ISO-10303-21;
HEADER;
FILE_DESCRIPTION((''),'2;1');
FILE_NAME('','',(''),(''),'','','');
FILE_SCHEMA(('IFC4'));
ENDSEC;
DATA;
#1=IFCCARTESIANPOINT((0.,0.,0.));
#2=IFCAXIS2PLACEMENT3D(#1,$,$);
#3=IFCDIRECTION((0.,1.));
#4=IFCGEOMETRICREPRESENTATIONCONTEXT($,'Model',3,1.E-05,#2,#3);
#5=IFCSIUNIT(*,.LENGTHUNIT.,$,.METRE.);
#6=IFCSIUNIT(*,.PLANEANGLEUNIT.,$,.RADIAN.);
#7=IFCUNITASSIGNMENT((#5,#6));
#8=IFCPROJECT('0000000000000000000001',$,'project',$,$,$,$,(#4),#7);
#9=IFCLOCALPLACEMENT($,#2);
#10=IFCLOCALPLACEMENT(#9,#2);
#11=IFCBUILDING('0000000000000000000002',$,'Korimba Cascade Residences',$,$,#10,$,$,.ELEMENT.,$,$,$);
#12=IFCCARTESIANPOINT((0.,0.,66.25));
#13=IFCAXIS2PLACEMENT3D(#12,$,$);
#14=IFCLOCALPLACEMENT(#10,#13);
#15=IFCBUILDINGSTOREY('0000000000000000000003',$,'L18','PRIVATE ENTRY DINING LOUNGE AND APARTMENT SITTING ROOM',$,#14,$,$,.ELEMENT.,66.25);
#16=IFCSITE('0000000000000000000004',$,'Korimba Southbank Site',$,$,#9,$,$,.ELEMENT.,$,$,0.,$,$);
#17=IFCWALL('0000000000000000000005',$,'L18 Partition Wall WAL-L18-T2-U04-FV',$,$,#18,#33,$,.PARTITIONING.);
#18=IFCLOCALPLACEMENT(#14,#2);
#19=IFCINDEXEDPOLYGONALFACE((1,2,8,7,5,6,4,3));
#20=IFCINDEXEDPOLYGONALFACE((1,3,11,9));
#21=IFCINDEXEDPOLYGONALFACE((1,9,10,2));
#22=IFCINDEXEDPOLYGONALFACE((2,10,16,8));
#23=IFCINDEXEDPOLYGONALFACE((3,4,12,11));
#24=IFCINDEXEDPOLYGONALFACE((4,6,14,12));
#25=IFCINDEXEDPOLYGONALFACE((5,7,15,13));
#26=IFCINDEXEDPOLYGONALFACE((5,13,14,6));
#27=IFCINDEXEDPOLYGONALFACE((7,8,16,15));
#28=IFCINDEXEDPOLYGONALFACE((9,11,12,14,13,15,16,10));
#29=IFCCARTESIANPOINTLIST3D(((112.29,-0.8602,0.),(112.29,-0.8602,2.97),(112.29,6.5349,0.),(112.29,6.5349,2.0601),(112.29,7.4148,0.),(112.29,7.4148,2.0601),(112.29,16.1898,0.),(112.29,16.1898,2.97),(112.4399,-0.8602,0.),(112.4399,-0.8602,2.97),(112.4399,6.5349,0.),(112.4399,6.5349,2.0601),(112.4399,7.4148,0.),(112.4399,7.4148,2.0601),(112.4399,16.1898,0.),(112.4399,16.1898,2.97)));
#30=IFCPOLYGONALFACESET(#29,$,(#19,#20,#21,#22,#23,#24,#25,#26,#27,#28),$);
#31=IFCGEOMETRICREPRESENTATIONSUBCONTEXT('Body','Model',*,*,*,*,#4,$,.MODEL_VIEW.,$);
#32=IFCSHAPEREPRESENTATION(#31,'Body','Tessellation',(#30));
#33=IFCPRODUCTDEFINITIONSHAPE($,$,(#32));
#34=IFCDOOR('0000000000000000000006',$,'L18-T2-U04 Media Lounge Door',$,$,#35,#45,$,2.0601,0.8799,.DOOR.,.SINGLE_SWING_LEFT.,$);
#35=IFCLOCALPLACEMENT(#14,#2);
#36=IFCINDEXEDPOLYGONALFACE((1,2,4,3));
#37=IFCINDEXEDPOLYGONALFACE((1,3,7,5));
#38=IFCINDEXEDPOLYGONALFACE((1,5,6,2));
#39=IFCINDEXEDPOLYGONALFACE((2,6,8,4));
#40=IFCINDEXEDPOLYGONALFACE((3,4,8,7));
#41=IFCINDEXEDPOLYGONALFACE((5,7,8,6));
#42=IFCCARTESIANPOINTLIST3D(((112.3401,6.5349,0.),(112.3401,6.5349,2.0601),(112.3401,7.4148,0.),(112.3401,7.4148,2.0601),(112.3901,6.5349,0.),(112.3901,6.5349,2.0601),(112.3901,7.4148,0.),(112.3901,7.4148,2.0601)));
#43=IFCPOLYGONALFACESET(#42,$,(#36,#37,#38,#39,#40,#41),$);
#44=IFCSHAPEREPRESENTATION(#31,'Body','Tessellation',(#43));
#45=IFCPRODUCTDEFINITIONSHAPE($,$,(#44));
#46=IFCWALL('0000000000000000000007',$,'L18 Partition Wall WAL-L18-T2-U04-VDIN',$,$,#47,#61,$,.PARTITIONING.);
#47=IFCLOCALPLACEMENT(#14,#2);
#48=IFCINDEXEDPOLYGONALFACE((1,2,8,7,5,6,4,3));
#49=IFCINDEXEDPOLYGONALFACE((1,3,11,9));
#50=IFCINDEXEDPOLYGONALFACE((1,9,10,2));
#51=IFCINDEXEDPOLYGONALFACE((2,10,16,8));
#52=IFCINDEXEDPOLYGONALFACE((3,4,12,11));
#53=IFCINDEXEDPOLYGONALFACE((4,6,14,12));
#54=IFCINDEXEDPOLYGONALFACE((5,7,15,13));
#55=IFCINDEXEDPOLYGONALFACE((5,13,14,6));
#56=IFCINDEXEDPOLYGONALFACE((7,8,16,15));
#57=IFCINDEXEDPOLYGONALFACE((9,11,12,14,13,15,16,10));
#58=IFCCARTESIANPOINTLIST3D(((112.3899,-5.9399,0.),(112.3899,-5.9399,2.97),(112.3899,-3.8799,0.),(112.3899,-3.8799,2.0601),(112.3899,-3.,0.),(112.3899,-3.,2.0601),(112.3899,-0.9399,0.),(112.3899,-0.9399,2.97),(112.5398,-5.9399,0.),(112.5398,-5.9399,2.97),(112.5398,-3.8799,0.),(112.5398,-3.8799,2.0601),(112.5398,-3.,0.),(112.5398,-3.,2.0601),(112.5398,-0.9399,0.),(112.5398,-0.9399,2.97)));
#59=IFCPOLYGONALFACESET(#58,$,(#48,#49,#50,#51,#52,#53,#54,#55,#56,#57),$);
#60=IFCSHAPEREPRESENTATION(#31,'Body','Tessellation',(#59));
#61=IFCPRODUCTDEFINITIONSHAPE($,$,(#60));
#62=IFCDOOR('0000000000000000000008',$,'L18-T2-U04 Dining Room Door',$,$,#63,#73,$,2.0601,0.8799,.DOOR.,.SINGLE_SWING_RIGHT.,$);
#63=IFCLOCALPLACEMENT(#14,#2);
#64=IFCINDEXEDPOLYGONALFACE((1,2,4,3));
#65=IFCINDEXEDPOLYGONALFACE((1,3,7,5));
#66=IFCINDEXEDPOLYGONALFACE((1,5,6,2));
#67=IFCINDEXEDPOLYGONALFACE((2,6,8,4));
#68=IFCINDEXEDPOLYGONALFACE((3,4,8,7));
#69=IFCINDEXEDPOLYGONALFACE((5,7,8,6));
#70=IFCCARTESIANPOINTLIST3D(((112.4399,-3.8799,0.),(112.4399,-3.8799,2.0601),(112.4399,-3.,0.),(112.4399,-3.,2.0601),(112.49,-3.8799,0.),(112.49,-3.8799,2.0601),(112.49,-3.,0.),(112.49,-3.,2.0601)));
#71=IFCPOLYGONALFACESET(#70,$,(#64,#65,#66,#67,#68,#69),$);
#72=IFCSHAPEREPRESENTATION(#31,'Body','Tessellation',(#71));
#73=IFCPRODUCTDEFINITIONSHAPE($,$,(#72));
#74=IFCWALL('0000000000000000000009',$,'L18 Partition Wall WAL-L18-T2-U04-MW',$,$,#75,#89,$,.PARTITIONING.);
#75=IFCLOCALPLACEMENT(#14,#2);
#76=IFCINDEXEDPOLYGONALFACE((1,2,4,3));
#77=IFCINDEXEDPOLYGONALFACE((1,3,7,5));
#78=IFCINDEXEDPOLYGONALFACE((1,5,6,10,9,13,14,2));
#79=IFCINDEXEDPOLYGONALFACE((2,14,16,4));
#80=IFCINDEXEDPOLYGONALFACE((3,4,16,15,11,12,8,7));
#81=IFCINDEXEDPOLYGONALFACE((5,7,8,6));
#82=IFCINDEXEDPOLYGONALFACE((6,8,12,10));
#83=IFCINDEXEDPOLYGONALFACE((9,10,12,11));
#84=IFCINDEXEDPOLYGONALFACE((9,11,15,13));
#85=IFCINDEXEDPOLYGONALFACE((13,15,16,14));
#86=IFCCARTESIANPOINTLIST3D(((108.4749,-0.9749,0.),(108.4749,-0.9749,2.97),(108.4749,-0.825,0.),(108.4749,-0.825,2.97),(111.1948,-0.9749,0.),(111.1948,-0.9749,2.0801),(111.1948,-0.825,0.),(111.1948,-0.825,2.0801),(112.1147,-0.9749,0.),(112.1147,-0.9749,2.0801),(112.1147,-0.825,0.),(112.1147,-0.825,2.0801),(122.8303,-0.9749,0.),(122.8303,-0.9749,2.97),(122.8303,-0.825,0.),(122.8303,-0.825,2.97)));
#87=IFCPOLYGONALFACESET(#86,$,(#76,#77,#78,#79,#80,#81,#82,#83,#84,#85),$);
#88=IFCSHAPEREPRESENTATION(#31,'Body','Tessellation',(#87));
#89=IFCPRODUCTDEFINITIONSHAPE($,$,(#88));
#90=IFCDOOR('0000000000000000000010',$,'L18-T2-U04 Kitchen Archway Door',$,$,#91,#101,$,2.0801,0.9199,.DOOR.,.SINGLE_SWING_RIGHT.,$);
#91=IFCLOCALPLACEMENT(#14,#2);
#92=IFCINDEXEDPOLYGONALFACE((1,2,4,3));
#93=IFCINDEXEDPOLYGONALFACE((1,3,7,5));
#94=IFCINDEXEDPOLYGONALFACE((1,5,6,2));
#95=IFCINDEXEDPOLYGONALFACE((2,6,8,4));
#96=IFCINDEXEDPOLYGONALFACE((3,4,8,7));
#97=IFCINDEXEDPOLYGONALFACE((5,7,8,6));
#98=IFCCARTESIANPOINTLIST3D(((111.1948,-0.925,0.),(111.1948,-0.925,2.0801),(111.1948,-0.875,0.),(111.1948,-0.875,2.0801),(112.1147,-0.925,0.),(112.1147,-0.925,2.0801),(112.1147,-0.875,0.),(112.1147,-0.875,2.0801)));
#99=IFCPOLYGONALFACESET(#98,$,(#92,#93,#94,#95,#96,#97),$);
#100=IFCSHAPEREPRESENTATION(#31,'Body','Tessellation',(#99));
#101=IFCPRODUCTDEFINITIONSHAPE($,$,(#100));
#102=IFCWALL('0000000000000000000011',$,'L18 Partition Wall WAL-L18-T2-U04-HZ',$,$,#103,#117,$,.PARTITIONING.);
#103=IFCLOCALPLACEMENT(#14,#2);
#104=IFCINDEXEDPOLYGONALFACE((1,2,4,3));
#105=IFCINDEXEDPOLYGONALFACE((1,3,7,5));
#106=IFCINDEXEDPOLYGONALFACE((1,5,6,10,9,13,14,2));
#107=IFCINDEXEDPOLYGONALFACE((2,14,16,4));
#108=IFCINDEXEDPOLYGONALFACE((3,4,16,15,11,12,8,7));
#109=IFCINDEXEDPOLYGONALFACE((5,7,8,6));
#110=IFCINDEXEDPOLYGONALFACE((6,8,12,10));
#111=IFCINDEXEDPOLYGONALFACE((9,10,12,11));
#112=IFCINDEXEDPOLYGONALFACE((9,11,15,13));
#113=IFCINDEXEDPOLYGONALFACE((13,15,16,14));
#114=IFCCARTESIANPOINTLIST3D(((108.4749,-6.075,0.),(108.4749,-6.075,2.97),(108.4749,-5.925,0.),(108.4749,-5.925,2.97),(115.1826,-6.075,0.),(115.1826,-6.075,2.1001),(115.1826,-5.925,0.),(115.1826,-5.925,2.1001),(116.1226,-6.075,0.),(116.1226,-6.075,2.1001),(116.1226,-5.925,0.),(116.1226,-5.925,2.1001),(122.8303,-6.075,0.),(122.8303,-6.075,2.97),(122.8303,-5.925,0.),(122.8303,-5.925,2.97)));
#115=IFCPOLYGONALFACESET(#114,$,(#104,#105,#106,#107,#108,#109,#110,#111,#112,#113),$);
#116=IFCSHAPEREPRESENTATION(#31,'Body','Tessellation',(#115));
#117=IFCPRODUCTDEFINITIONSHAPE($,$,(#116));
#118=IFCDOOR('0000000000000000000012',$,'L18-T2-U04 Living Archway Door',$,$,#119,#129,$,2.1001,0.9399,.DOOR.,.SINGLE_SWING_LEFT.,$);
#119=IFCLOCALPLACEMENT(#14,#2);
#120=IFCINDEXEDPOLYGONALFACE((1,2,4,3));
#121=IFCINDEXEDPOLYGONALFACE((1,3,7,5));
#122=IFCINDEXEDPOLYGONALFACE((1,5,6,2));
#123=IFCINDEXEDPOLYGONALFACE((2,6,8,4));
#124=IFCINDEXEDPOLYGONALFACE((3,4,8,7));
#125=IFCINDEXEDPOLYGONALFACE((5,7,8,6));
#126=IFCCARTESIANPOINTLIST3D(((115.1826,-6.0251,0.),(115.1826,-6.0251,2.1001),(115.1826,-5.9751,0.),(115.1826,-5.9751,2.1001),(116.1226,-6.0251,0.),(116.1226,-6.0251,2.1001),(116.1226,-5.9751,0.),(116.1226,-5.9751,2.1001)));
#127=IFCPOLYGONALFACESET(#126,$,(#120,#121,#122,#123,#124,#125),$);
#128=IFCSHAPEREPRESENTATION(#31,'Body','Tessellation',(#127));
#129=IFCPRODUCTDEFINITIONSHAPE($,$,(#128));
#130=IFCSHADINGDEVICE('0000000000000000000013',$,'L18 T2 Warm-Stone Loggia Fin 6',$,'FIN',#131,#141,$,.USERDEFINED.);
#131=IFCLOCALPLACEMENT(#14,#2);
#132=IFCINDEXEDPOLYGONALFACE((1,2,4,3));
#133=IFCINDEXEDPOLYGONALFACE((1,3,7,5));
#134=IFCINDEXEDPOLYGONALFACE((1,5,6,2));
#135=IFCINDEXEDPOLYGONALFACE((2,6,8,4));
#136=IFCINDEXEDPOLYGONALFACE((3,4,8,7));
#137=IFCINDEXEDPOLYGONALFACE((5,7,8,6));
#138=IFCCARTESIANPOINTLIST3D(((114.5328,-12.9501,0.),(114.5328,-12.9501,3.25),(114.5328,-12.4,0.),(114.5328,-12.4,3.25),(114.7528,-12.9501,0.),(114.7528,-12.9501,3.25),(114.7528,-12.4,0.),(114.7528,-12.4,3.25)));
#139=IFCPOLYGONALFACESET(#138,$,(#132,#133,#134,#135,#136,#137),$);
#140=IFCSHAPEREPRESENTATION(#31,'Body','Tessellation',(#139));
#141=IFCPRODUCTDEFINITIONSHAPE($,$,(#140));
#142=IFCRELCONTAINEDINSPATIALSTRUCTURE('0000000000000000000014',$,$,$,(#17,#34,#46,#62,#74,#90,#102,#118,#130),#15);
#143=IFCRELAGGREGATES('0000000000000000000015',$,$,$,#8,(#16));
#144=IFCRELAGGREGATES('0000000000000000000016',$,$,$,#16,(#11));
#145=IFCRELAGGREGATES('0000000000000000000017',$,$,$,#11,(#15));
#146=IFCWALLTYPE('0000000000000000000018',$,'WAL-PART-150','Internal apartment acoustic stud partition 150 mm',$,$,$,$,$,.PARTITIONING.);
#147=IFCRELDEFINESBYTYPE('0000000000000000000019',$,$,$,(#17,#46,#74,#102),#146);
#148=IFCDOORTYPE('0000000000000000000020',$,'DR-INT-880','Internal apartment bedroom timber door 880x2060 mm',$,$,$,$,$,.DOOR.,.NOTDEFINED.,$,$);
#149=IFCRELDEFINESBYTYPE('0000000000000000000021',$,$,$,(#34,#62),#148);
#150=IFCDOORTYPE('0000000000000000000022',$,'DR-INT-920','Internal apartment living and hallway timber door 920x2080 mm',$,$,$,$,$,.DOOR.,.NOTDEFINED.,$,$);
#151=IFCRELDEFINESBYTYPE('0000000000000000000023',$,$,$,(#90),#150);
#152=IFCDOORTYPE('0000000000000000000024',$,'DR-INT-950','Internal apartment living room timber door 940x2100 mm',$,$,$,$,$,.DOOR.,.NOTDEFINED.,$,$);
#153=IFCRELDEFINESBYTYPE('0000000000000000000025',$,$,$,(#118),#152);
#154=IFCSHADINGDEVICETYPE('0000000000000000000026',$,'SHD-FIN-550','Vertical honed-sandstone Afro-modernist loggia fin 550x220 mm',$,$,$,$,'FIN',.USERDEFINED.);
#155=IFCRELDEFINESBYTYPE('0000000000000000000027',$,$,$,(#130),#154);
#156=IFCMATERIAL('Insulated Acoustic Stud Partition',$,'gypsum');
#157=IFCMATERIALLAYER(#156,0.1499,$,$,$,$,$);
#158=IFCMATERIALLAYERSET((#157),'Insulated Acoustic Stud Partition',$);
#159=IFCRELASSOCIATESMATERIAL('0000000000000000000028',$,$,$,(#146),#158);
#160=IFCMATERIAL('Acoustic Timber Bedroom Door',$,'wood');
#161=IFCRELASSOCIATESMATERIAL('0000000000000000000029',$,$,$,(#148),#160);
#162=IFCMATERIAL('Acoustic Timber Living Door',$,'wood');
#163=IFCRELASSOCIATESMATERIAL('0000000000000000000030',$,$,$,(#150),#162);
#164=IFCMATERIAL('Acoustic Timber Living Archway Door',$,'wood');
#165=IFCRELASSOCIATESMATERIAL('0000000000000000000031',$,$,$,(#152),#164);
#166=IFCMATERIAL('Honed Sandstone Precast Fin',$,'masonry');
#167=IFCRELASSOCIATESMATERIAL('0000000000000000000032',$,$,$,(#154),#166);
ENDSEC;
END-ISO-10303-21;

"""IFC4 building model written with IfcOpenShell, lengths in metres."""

from ifc_helpers import new_model, si_unit, direction, frame, frame_2d, origin, origin_2d, place, context, subcontext, project, spatial, rectangle, extrude, material, layer, layer_set, type_object, element, fill, save


model = new_model("IFC4")

# Units and contexts
model_context = context("Model", 3, precision=1e-05, world=origin(), true_north=direction((0.0, 1.0)))
body_context = subcontext(model_context, "Body", "Model", "MODEL_VIEW")
ifc_project = project(units=[si_unit("LENGTHUNIT", "METRE"), si_unit("PLANEANGLEUNIT", "RADIAN")], contexts=[model_context])

# Site, building, storey
site_placement = place(None, origin())
site = spatial("IfcSite", under=ifc_project, at=site_placement, Name="Korimba Southbank Site", CompositionType="ELEMENT", RefElevation=0.0)
building_placement = place(site_placement, origin())
building = spatial("IfcBuilding", under=site, at=building_placement, Name="Korimba Cascade Residences", CompositionType="ELEMENT")
storey_placement = place(building_placement, frame((0.0, 0.0, 66.25)))
storey = spatial("IfcBuildingStorey", under=building, at=storey_placement, Name="L18", Description="PRIVATE ENTRY DINING LOUNGE AND APARTMENT SITTING ROOM", CompositionType="ELEMENT", Elevation=66.25)

# Shared definitions
ifc_material_1 = material(Name="Insulated Acoustic Stud Partition", Category="gypsum")
ifc_layer_1 = layer(ifc_material_1, 0.1499)
ifc_layer_set_1 = layer_set([ifc_layer_1], Name="Insulated Acoustic Stud Partition")
wall_type_1 = type_object("IfcWallType", Name="WAL-PART-150", Description="Internal apartment acoustic stud partition 150 mm", PredefinedType="PARTITIONING", material=ifc_layer_set_1)
ifc_material_2 = material(Name="Acoustic Timber Bedroom Door", Category="wood")
door_type_1 = type_object("IfcDoorType", Name="DR-INT-880", Description="Internal apartment bedroom timber door 880x2060 mm", OperationType="NOTDEFINED", PredefinedType="DOOR", material=ifc_material_2)

# Walls, openings, doors
wall_1_placement = place(storey_placement, frame((112.365, -0.8601, 0.0), z_axis=(0.0, 0.0, 1.0), x_axis=(0.0, 1.0, 0.0)))
wall_1 = element("IfcWall", 1, at=wall_1_placement, inside=storey, type_object=wall_type_1, Name="L18 Partition Wall WAL-L18-T2-U04-FV", PredefinedType="PARTITIONING", context=body_context, shape_type="SweptSolid", body=[
    extrude(rectangle(XDim=17.05, YDim=0.1499, at=frame_2d((8.5249, 0.0))), origin(), (0.0, 0.0, 1.0), 2.97),
])
opening_1_placement = place(wall_1_placement, frame((7.395, 0.0, 0.0)))
opening_1 = element("IfcOpeningElement", 2, at=opening_1_placement, cuts=wall_1, PredefinedType="OPENING", context=body_context, shape_type="SweptSolid", body=[
    extrude(rectangle(XDim=0.8799, YDim=2.0601, at=frame_2d((0.4399, 1.03))), frame((0.0, 0.085, 0.0), z_axis=(0.0, -1.0, 0.0), x_axis=(1.0, 0.0, 0.0)), (0.0, 0.0, 1.0), 0.1699),
])
door_1_placement = place(opening_1_placement, origin())
door_1 = element("IfcDoor", 3, at=door_1_placement, inside=storey, type_object=door_type_1, Name="L18-T2-U04 Media Lounge Door", OperationType="SINGLE_SWING_LEFT", OverallHeight=2.0601, OverallWidth=0.8799, PredefinedType="DOOR", context=body_context, shape_type="SweptSolid", body=[
    extrude(rectangle(XDim=0.8799, YDim=2.0601, at=frame_2d((0.4399, 1.03))), frame((0.0, 0.0249, 0.0), z_axis=(0.0, -1.0, 0.0), x_axis=(1.0, 0.0, 0.0)), (0.0, 0.0, 1.0), 0.05),
])
fill(opening_1, door_1)
wall_2_placement = place(storey_placement, frame((112.4648, -5.9399, 0.0), z_axis=(0.0, 0.0, 1.0), x_axis=(0.0, 1.0, 0.0)))
wall_2 = element("IfcWall", 4, at=wall_2_placement, inside=storey, type_object=wall_type_1, Name="L18 Partition Wall WAL-L18-T2-U04-VDIN", PredefinedType="PARTITIONING", context=body_context, shape_type="SweptSolid", body=[
    extrude(rectangle(XDim=5.0, YDim=0.1499, at=frame_2d((2.5, 0.0))), origin(), (0.0, 0.0, 1.0), 2.97),
])
opening_2_placement = place(wall_2_placement, frame((2.0601, 0.0, 0.0)))
opening_2 = element("IfcOpeningElement", 5, at=opening_2_placement, cuts=wall_2, PredefinedType="OPENING", context=body_context, shape_type="SweptSolid", body=[
    extrude(rectangle(XDim=0.8799, YDim=2.0601, at=frame_2d((0.4399, 1.03))), frame((0.0, 0.085, 0.0), z_axis=(0.0, -1.0, 0.0), x_axis=(1.0, 0.0, 0.0)), (0.0, 0.0, 1.0), 0.1699),
])
door_2_placement = place(opening_2_placement, origin())
door_2 = element("IfcDoor", 6, at=door_2_placement, inside=storey, type_object=door_type_1, Name="L18-T2-U04 Dining Room Door", OperationType="SINGLE_SWING_RIGHT", OverallHeight=2.0601, OverallWidth=0.8799, PredefinedType="DOOR", context=body_context, shape_type="SweptSolid", body=[
    extrude(rectangle(XDim=0.8799, YDim=2.0601, at=frame_2d((0.4399, 1.03))), frame((0.0, 0.0249, 0.0), z_axis=(0.0, -1.0, 0.0), x_axis=(1.0, 0.0, 0.0)), (0.0, 0.0, 1.0), 0.05),
])
fill(opening_2, door_2)
wall_3_placement = place(storey_placement, frame((108.4749, -0.8999, 0.0), z_axis=(0.0, 0.0, 1.0), x_axis=(1.0, 0.0, 0.0)))
wall_3 = element("IfcWall", 7, at=wall_3_placement, inside=storey, type_object=wall_type_1, Name="L18 Partition Wall WAL-L18-T2-U04-MW", PredefinedType="PARTITIONING", context=body_context, shape_type="SweptSolid", body=[
    extrude(rectangle(XDim=14.3555, YDim=0.1499, at=frame_2d((7.1777, 0.0))), origin(), (0.0, 0.0, 1.0), 2.97),
])
opening_3_placement = place(wall_3_placement, frame((2.72, 0.0, 0.0)))
opening_3 = element("IfcOpeningElement", 8, at=opening_3_placement, cuts=wall_3, PredefinedType="OPENING", context=body_context, shape_type="SweptSolid", body=[
    extrude(rectangle(XDim=0.9199, YDim=2.0801, at=frame_2d((0.46, 1.04))), frame((0.0, 0.085, 0.0), z_axis=(0.0, -1.0, 0.0), x_axis=(1.0, 0.0, 0.0)), (0.0, 0.0, 1.0), 0.1699),
])
ifc_material_3 = material(Name="Acoustic Timber Living Door", Category="wood")
door_type_2 = type_object("IfcDoorType", Name="DR-INT-920", Description="Internal apartment living and hallway timber door 920x2080 mm", OperationType="NOTDEFINED", PredefinedType="DOOR", material=ifc_material_3)
door_3_placement = place(opening_3_placement, origin())
door_3 = element("IfcDoor", 9, at=door_3_placement, inside=storey, type_object=door_type_2, Name="L18-T2-U04 Kitchen Archway Door", OperationType="SINGLE_SWING_RIGHT", OverallHeight=2.0801, OverallWidth=0.9199, PredefinedType="DOOR", context=body_context, shape_type="SweptSolid", body=[
    extrude(rectangle(XDim=0.9199, YDim=2.0801, at=frame_2d((0.46, 1.04))), frame((0.0, 0.0249, 0.0), z_axis=(0.0, -1.0, 0.0), x_axis=(1.0, 0.0, 0.0)), (0.0, 0.0, 1.0), 0.05),
])
fill(opening_3, door_3)
wall_4_placement = place(storey_placement, frame((108.4749, -6.0, 0.0), z_axis=(0.0, 0.0, 1.0), x_axis=(1.0, 0.0, 0.0)))
wall_4 = element("IfcWall", 10, at=wall_4_placement, inside=storey, type_object=wall_type_1, Name="L18 Partition Wall WAL-L18-T2-U04-HZ", PredefinedType="PARTITIONING", context=body_context, shape_type="SweptSolid", body=[
    extrude(rectangle(XDim=14.3555, YDim=0.1499, at=frame_2d((7.1777, 0.0))), origin(), (0.0, 0.0, 1.0), 2.97),
])
opening_4_placement = place(wall_4_placement, frame((6.7078, 0.0, 0.0)))
opening_4 = element("IfcOpeningElement", 11, at=opening_4_placement, cuts=wall_4, PredefinedType="OPENING", context=body_context, shape_type="SweptSolid", body=[
    extrude(rectangle(XDim=0.9399, YDim=2.1001, at=frame_2d((0.47, 1.05))), frame((0.0, 0.085, 0.0), z_axis=(0.0, -1.0, 0.0), x_axis=(1.0, 0.0, 0.0)), (0.0, 0.0, 1.0), 0.1699),
])
ifc_material_4 = material(Name="Acoustic Timber Living Archway Door", Category="wood")
door_type_3 = type_object("IfcDoorType", Name="DR-INT-950", Description="Internal apartment living room timber door 940x2100 mm", OperationType="NOTDEFINED", PredefinedType="DOOR", material=ifc_material_4)
door_4_placement = place(opening_4_placement, origin())
door_4 = element("IfcDoor", 12, at=door_4_placement, inside=storey, type_object=door_type_3, Name="L18-T2-U04 Living Archway Door", OperationType="SINGLE_SWING_LEFT", OverallHeight=2.1001, OverallWidth=0.9399, PredefinedType="DOOR", context=body_context, shape_type="SweptSolid", body=[
    extrude(rectangle(XDim=0.9399, YDim=2.1001, at=frame_2d((0.47, 1.05))), frame((0.0, 0.0249, 0.0), z_axis=(0.0, -1.0, 0.0), x_axis=(1.0, 0.0, 0.0)), (0.0, 0.0, 1.0), 0.05),
])
fill(opening_4, door_4)

# Shading device
ifc_material_5 = material(Name="Honed Sandstone Precast Fin", Category="masonry")
shading_device_type = type_object("IfcShadingDeviceType", Name="SHD-FIN-550", Description="Vertical honed-sandstone Afro-modernist loggia fin 550x220 mm", ElementType="FIN", PredefinedType="USERDEFINED", material=ifc_material_5)
shading_device_placement = place(storey_placement, frame((114.6428, -12.675, 0.0), z_axis=(0.0, 0.0, 1.0), x_axis=(1.0, 0.0, 0.0)))
element("IfcShadingDevice", 13, at=shading_device_placement, inside=storey, type_object=shading_device_type, Name="L18 T2 Warm-Stone Loggia Fin 6", ObjectType="FIN", PredefinedType="USERDEFINED", context=body_context, shape_type="SweptSolid", body=[
    extrude(rectangle(XDim=0.22, YDim=0.55, at=origin_2d()), origin(), (0.0, 0.0, 1.0), 3.25),
])

save(model, "model.ifc")
